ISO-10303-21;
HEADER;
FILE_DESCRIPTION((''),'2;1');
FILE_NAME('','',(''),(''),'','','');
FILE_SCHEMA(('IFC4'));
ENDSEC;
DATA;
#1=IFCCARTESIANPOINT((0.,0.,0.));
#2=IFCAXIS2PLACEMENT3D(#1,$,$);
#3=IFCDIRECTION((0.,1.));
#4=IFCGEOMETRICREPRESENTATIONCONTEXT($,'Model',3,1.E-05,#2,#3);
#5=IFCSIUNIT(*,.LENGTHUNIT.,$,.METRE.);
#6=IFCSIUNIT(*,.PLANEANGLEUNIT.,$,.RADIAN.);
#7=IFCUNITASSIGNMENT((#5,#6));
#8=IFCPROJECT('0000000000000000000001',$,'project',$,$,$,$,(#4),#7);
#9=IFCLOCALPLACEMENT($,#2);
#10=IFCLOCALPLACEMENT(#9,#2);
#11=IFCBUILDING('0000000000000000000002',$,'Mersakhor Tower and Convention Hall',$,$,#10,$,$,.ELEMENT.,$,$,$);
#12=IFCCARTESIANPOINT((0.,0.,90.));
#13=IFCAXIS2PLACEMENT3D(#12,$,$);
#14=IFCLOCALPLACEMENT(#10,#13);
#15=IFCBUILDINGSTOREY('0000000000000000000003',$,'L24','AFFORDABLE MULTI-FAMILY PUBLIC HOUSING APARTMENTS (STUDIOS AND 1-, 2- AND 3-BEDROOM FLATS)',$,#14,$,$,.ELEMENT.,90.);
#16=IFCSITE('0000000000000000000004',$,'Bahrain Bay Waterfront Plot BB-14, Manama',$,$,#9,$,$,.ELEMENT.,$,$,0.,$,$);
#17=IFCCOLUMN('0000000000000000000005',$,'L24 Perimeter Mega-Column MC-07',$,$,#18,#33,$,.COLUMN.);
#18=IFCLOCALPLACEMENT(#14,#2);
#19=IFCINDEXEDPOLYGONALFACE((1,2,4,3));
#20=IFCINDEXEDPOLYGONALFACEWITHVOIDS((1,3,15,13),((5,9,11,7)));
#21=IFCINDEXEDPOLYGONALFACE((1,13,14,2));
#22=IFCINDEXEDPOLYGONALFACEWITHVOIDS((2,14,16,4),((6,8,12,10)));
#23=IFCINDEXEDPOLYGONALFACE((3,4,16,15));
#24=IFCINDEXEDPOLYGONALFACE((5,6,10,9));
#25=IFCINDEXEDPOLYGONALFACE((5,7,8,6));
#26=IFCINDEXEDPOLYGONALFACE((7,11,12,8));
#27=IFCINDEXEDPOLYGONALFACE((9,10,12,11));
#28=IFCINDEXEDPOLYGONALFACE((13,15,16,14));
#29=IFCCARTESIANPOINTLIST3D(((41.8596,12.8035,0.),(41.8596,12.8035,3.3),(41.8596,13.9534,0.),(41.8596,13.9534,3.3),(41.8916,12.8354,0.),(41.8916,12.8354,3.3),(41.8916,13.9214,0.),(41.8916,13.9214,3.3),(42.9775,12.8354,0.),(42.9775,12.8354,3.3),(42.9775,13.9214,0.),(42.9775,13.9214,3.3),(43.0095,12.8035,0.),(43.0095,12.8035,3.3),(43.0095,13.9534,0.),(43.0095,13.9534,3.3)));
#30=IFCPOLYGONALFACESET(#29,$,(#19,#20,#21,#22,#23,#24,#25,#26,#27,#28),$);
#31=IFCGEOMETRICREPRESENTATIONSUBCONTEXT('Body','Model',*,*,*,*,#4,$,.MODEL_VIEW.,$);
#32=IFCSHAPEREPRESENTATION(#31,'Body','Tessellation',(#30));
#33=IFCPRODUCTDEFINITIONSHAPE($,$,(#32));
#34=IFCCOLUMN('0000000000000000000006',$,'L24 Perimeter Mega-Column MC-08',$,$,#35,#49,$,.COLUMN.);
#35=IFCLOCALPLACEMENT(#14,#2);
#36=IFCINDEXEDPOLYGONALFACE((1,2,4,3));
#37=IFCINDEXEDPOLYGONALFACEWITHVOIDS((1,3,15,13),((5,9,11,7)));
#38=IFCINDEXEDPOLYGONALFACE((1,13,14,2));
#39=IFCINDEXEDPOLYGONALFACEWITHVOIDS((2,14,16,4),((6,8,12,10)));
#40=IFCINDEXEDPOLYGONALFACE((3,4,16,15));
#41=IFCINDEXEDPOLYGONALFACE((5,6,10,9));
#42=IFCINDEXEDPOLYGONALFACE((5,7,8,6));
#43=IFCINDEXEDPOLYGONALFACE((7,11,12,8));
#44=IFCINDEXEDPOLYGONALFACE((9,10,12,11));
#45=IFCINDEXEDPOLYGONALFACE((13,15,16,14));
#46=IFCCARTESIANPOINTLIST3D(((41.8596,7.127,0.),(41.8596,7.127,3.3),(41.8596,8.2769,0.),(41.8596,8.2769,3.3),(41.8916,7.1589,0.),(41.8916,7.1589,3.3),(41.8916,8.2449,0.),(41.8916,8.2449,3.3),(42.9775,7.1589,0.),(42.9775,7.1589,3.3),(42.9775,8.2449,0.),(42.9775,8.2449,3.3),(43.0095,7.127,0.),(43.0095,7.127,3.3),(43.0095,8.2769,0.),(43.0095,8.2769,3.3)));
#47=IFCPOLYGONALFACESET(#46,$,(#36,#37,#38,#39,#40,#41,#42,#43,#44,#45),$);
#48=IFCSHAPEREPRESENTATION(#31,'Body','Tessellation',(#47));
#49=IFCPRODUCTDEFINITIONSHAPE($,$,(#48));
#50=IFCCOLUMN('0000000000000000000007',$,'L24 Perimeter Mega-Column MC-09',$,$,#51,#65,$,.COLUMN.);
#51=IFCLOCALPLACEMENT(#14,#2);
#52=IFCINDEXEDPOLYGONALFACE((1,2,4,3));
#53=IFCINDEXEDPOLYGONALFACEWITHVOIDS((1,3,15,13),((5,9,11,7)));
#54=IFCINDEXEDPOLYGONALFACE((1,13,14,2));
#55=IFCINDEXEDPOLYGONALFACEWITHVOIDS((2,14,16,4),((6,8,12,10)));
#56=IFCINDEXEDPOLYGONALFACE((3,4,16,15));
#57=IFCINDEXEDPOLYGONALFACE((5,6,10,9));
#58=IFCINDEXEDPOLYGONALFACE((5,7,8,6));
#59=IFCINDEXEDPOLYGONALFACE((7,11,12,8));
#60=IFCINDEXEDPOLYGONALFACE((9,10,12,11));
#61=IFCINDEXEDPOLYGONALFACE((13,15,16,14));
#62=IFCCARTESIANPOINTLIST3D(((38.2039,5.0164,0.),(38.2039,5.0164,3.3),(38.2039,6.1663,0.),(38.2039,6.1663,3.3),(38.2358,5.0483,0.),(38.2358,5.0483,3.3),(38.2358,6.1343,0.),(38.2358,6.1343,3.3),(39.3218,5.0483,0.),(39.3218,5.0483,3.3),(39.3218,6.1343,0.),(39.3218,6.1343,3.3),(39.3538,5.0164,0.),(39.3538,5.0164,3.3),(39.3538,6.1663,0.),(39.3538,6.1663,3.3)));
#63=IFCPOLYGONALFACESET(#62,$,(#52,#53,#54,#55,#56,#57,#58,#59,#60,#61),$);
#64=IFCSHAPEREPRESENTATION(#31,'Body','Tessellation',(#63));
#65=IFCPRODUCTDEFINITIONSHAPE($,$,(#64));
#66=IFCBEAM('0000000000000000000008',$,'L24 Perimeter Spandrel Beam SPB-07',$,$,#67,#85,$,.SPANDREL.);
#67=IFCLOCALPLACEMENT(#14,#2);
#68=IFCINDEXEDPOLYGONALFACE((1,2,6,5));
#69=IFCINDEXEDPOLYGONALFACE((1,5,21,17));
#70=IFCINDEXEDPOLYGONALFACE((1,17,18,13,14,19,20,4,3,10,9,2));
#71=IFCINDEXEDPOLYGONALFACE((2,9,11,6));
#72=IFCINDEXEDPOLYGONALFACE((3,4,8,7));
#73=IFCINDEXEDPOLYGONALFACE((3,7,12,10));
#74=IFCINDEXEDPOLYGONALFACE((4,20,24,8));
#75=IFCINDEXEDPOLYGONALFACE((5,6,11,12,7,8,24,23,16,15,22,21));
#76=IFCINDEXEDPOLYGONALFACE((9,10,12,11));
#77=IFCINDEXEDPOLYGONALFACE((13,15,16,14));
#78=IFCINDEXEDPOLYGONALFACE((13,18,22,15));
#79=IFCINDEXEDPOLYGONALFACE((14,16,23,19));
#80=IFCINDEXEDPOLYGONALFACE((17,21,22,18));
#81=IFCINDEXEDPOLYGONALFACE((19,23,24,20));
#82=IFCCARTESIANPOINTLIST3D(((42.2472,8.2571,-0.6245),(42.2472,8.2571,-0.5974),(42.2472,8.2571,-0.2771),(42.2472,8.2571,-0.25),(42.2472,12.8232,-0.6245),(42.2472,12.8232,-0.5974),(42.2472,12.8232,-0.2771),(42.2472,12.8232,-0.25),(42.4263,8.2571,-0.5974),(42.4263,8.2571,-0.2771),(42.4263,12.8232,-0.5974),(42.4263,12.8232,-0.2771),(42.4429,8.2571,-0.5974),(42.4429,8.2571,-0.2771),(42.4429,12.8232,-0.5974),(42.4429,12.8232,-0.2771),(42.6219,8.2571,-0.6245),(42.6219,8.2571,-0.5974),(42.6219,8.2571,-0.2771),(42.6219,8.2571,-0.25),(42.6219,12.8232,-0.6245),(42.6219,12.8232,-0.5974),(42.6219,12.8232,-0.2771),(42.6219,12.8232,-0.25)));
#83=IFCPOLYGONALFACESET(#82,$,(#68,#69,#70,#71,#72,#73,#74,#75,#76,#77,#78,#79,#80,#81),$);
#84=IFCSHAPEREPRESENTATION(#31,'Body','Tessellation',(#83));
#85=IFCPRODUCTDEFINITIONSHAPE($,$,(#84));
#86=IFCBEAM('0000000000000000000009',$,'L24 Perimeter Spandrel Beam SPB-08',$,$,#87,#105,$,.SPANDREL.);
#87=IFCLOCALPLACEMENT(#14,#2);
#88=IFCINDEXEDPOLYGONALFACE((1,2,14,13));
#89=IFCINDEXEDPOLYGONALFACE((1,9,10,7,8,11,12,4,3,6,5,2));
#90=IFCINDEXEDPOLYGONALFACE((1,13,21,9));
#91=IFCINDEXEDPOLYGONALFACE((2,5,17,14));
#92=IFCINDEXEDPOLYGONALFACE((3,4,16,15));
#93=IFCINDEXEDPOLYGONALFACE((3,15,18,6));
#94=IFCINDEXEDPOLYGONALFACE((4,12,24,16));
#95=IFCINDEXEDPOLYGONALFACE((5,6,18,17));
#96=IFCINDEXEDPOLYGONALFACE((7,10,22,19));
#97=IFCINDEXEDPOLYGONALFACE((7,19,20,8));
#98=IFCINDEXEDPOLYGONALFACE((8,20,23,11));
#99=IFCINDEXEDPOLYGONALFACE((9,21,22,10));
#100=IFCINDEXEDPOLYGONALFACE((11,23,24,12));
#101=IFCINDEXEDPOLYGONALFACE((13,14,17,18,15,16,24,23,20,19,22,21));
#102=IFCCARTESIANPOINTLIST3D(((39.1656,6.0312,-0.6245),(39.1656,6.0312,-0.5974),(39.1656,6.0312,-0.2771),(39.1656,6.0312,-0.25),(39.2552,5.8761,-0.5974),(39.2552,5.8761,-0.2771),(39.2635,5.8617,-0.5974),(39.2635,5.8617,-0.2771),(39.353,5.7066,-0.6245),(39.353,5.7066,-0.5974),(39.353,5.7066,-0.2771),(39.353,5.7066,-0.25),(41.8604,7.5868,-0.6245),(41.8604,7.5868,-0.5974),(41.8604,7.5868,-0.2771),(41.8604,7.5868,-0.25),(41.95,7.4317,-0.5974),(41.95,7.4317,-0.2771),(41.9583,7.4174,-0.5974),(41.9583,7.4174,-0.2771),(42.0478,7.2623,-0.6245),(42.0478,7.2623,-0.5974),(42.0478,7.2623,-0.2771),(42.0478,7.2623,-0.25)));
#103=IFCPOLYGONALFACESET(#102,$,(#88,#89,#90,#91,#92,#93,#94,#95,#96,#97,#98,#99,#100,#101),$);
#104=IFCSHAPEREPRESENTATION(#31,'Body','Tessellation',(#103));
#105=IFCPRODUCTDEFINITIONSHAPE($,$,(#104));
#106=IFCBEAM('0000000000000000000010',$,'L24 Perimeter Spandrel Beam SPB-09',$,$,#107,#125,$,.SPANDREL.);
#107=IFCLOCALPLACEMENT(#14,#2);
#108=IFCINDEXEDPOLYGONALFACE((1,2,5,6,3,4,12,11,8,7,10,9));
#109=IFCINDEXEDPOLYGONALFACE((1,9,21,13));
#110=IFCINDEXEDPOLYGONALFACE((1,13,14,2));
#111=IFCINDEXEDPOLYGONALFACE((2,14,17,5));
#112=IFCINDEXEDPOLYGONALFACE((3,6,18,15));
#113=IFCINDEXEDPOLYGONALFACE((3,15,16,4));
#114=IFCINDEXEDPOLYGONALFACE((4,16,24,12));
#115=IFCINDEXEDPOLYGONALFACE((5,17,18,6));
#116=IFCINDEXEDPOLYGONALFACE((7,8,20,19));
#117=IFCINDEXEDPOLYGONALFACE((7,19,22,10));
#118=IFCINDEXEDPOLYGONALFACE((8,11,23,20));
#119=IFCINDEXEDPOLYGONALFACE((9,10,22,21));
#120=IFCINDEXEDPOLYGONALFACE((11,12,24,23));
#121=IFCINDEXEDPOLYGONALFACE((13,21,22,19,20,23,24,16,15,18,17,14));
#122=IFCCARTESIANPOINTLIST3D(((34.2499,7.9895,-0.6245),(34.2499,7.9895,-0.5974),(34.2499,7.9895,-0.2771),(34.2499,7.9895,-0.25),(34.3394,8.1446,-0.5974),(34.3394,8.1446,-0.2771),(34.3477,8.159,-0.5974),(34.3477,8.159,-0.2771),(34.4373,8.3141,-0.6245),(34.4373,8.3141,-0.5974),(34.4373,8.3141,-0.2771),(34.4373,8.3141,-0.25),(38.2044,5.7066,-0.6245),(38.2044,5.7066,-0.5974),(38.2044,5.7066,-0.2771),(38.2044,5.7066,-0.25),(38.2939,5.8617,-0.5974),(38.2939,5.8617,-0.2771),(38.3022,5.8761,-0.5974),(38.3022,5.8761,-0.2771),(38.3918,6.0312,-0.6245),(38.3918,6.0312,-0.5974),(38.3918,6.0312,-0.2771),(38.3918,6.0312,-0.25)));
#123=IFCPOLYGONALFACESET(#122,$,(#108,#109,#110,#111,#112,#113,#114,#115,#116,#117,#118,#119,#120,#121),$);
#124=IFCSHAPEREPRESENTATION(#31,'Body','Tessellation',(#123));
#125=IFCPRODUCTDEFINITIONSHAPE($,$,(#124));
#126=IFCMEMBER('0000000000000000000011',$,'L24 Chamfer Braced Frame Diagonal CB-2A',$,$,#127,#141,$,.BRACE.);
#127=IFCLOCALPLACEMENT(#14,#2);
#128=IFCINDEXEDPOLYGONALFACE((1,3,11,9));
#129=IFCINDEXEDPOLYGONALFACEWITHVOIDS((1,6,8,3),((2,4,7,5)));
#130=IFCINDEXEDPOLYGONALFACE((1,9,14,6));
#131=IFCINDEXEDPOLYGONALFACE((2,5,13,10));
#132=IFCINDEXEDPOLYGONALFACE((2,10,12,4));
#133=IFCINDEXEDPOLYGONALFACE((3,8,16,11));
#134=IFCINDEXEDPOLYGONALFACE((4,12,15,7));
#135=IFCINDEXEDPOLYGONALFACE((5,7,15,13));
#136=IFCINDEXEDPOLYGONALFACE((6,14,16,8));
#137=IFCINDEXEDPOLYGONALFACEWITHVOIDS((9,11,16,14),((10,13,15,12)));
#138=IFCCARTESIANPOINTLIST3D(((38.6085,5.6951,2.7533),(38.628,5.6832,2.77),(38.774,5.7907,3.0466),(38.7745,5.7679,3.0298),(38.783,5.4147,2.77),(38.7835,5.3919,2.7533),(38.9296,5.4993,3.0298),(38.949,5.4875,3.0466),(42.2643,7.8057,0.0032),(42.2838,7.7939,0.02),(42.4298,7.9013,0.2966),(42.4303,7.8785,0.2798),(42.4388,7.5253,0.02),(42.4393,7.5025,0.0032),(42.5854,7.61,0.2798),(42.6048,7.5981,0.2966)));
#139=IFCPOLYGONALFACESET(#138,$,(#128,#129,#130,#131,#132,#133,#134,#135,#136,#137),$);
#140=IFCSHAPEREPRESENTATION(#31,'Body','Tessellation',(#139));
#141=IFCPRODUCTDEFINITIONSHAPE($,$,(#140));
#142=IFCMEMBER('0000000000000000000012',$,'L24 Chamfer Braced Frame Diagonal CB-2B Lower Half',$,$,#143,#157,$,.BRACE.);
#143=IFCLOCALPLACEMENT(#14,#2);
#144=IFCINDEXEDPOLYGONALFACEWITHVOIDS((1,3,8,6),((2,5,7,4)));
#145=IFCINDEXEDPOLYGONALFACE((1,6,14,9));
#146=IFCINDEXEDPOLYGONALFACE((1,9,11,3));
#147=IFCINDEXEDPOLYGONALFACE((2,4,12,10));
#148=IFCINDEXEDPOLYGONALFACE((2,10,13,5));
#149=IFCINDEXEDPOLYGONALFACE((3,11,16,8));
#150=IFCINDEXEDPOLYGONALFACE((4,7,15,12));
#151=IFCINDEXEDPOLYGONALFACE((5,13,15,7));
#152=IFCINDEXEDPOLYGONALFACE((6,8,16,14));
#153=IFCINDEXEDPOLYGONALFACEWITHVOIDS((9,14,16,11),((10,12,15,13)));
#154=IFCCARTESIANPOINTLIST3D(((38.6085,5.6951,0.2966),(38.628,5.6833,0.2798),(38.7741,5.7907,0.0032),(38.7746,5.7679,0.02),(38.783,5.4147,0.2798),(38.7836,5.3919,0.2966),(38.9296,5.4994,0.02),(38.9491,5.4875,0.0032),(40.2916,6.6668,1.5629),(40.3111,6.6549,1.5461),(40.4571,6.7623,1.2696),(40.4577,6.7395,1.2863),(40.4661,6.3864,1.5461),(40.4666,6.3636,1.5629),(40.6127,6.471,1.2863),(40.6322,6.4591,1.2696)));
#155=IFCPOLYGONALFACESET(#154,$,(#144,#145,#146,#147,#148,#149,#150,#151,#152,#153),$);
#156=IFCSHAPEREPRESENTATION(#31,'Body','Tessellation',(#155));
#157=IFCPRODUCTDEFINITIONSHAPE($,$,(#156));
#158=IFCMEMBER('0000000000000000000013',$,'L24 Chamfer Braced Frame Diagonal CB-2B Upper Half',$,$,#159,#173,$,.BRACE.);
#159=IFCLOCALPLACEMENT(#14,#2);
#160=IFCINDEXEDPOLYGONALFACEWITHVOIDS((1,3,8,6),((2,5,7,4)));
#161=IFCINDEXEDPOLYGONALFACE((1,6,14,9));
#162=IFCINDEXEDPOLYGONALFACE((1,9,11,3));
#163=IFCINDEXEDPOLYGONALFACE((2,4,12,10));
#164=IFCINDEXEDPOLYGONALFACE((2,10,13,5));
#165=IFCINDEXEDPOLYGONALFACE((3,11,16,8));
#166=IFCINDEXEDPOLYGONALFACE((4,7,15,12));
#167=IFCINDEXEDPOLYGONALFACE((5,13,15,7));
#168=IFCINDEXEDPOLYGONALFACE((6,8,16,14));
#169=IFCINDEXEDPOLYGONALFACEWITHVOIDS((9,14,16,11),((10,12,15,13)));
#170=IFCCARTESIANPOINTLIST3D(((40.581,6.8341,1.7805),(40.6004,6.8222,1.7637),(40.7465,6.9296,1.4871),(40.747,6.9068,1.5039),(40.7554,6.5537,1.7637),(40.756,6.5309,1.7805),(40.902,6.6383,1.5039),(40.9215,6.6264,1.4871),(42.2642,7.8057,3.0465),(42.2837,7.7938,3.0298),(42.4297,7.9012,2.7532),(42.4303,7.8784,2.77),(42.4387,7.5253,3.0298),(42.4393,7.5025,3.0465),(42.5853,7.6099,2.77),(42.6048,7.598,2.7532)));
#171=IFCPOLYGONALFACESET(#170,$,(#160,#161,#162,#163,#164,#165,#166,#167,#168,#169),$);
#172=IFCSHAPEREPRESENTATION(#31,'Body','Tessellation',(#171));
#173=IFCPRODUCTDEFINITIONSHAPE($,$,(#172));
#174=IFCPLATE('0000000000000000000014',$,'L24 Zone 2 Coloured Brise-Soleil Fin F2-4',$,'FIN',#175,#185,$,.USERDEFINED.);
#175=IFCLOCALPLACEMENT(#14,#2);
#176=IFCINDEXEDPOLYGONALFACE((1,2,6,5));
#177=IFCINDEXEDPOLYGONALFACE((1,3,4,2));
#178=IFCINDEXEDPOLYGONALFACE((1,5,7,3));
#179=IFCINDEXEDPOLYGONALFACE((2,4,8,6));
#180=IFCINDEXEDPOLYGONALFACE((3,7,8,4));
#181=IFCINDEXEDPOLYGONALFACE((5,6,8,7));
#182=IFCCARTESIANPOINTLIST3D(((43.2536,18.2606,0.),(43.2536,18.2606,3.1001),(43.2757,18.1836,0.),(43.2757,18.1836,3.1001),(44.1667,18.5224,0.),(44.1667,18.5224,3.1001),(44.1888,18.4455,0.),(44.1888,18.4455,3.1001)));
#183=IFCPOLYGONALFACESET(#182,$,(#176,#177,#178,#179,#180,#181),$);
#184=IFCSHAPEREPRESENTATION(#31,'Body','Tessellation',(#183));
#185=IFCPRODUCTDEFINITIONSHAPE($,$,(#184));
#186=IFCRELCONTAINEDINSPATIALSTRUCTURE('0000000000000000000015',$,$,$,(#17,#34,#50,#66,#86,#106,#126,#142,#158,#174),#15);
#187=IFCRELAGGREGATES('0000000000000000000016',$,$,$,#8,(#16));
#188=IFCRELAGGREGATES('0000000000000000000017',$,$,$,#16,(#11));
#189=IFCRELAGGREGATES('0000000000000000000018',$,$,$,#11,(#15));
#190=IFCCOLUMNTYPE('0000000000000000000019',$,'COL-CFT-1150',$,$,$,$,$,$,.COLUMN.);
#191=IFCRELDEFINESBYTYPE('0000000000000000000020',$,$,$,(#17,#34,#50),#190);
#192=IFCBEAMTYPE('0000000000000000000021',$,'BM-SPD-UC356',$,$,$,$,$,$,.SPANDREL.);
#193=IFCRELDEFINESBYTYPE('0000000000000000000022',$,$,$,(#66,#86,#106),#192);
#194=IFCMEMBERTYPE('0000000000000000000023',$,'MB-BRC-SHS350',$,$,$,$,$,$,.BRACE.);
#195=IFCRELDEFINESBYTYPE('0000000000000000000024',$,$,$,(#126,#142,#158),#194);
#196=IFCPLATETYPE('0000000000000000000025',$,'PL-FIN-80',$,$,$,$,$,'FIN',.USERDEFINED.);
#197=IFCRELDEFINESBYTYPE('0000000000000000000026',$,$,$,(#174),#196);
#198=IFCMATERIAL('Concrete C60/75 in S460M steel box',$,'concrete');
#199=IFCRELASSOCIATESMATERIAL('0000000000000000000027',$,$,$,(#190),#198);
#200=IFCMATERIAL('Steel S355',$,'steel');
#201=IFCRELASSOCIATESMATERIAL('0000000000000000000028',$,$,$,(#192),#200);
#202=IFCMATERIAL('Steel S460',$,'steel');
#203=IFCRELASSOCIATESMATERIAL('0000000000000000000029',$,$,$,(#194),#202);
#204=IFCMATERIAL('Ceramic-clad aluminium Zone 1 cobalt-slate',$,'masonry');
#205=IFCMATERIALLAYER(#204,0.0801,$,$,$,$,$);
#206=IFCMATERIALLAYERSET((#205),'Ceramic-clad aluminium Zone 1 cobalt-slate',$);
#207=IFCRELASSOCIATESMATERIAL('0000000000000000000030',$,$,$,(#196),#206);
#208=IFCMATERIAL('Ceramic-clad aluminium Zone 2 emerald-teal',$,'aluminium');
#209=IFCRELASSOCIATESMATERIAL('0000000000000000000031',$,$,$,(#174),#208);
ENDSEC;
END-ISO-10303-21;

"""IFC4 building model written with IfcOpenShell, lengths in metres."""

from ifc_helpers import new_model, si_unit, direction, frame, origin, origin_2d, place, context, subcontext, project, spatial, rectangle, hollow_rectangle, i_section, extrude, material, layer, layer_set, material_profile, profile_set, type_object, element, save


model = new_model("IFC4")

# Units and contexts
model_context = context("Model", 3, precision=1e-05, world=origin(), true_north=direction((0.0, 1.0)))
body_context = subcontext(model_context, "Body", "Model", "MODEL_VIEW")
ifc_project = project(units=[si_unit("LENGTHUNIT", "METRE"), si_unit("PLANEANGLEUNIT", "RADIAN")], contexts=[model_context])

# Site, building, storey
site_placement = place(None, origin())
site = spatial("IfcSite", under=ifc_project, at=site_placement, Name="Bahrain Bay Waterfront Plot BB-14, Manama", CompositionType="ELEMENT", RefElevation=0.0)
building_placement = place(site_placement, origin())
building = spatial("IfcBuilding", under=site, at=building_placement, Name="Mersakhor Tower and Convention Hall", CompositionType="ELEMENT")
storey_placement = place(building_placement, frame((0.0, 0.0, 90.0)))
storey = spatial("IfcBuildingStorey", under=building, at=storey_placement, Name="L24", Description="AFFORDABLE MULTI-FAMILY PUBLIC HOUSING APARTMENTS (STUDIOS AND 1-, 2- AND 3-BEDROOM FLATS)", CompositionType="ELEMENT", Elevation=90.0)

# Columns
ifc_material_1 = material(Name="Concrete C60/75 in S460M steel box", Category="concrete")
ifc_material_profile_1 = material_profile(ifc_material_1, hollow_rectangle(XDim=1.1499, YDim=1.1499, WallThickness=0.032, at=origin_2d()), Name="SHS 1150x1150x32")
ifc_profile_set_1 = profile_set([ifc_material_profile_1], Name="Concrete C60/75 in S460M steel box")
column_type = type_object("IfcColumnType", Name="COL-CFT-1150", PredefinedType="COLUMN", material=ifc_profile_set_1)
for number, where, z_axis, x_axis, name in (
    (1, (42.4346, 13.3784, 0.0), (0.0, 0.0, 1.0), (1.0, 0.0, 0.0), "L24 Perimeter Mega-Column MC-07"),
    (2, (42.4346, 7.7019, 0.0), (0.0, 0.0, 1.0), (1.0, 0.0, 0.0), "L24 Perimeter Mega-Column MC-08"),
    (3, (38.7788, 5.5913, 0.0), (0.0, 0.0, 1.0), (1.0, 0.0, 0.0), "L24 Perimeter Mega-Column MC-09"),
):
    element("IfcColumn", number, at=place(storey_placement, frame(where, z_axis=z_axis, x_axis=x_axis)), inside=storey, type_object=column_type, Name=name, PredefinedType="COLUMN", context=body_context, shape_type="SweptSolid", body=[
        extrude(hollow_rectangle(XDim=1.1499, YDim=1.1499, WallThickness=0.032, at=origin_2d()), origin(), (0.0, 0.0, 1.0), 3.3),
    ])

# Beams
ifc_material_2 = material(Name="Steel S355", Category="steel")
ifc_material_profile_2 = material_profile(ifc_material_2, i_section(OverallWidth=0.3748, OverallDepth=0.3745, WebThickness=0.0166, FlangeThickness=0.0271, at=origin_2d()), Name="UC 356x368x202")
ifc_profile_set_2 = profile_set([ifc_material_profile_2], Name="Steel S355")
beam_type = type_object("IfcBeamType", Name="BM-SPD-UC356", PredefinedType="SPANDREL", material=ifc_profile_set_2)
beam_1_placement = place(storey_placement, frame((42.4346, 12.8232, -0.4373), z_axis=(0.0, -1.0, 0.0), x_axis=(1.0, 0.0, 0.0)))
element("IfcBeam", 4, at=beam_1_placement, inside=storey, type_object=beam_type, Name="L24 Perimeter Spandrel Beam SPB-07", PredefinedType="SPANDREL", context=body_context, shape_type="SweptSolid", body=[
    extrude(i_section(OverallWidth=0.3748, OverallDepth=0.3745, WebThickness=0.0166, FlangeThickness=0.0271, at=origin_2d()), origin(), (0.0, 0.0, 1.0), 4.5662),
])
beam_2_placement = place(storey_placement, frame((41.9541, 7.4246, -0.4373), z_axis=(-0.866052, -0.499953, 0.0), x_axis=(0.499953, -0.866052, 0.0)))
element("IfcBeam", 5, at=beam_2_placement, inside=storey, type_object=beam_type, Name="L24 Perimeter Spandrel Beam SPB-08", PredefinedType="SPANDREL", context=body_context, shape_type="SweptSolid", body=[
    extrude(i_section(OverallWidth=0.3748, OverallDepth=0.3745, WebThickness=0.0166, FlangeThickness=0.0271, at=origin_2d()), origin(), (0.0, 0.0, 1.0), 3.1116),
])
beam_3_placement = place(storey_placement, frame((38.2981, 5.8689, -0.4373), z_axis=(-0.866047, 0.499963, 0.0), x_axis=(-0.499963, -0.866047, 0.0)))
element("IfcBeam", 6, at=beam_3_placement, inside=storey, type_object=beam_type, Name="L24 Perimeter Spandrel Beam SPB-09", PredefinedType="SPANDREL", context=body_context, shape_type="SweptSolid", body=[
    extrude(i_section(OverallWidth=0.3748, OverallDepth=0.3745, WebThickness=0.0166, FlangeThickness=0.0271, at=origin_2d()), origin(), (0.0, 0.0, 1.0), 4.5662),
])

# Members
ifc_material_3 = material(Name="Steel S460", Category="steel")
ifc_material_profile_3 = material_profile(ifc_material_3, hollow_rectangle(XDim=0.3501, YDim=0.3501, WallThickness=0.02, at=origin_2d()), Name="SHS 350x350x20")
ifc_profile_set_3 = profile_set([ifc_material_profile_3], Name="Steel S460")
member_type = type_object("IfcMemberType", Name="MB-BRC-SHS350", PredefinedType="BRACE", material=ifc_profile_set_3)
member_placement = place(storey_placement, frame((42.4346, 7.7019, 0.1499), z_axis=(-0.725634, -0.418933, 0.545849), x_axis=(0.499989, -0.866031, 0.0)))
element("IfcMember", 7, at=member_placement, inside=storey, type_object=member_type, Name="L24 Chamfer Braced Frame Diagonal CB-2A", PredefinedType="BRACE", context=body_context, shape_type="SweptSolid", body=[
    extrude(hollow_rectangle(XDim=0.3501, YDim=0.3501, WallThickness=0.02, at=origin_2d()), origin(), (0.0, 0.0, 1.0), 5.0381),
])
for number, where, z_axis, x_axis, name in (
    (8, (38.7788, 5.5913, 0.1499), (0.725593, 0.418895, 0.545932), (-0.499976, 0.866039, 0.0), "L24 Chamfer Braced Frame Diagonal CB-2B Lower Half"),
    (9, (40.7512, 6.7302, 1.6338), (0.725685, 0.418887, 0.545816), (-0.499922, 0.866071, 0.0), "L24 Chamfer Braced Frame Diagonal CB-2B Upper Half"),
):
    element("IfcMember", number, at=place(storey_placement, frame(where, z_axis=z_axis, x_axis=x_axis)), inside=storey, type_object=member_type, Name=name, PredefinedType="BRACE", context=body_context, shape_type="SweptSolid", body=[
        extrude(hollow_rectangle(XDim=0.3501, YDim=0.3501, WallThickness=0.02, at=origin_2d()), origin(), (0.0, 0.0, 1.0), 2.3196),
    ])

# Plate
ifc_material_4 = material(Name="Ceramic-clad aluminium Zone 2 emerald-teal", Category="aluminium")
ifc_material_5 = material(Name="Ceramic-clad aluminium Zone 1 cobalt-slate", Category="masonry")
ifc_layer_1 = layer(ifc_material_5, 0.0801)
ifc_layer_set_1 = layer_set([ifc_layer_1], Name="Ceramic-clad aluminium Zone 1 cobalt-slate")
plate_type_1 = type_object("IfcPlateType", Name="PL-FIN-80", ElementType="FIN", PredefinedType="USERDEFINED", material=ifc_layer_set_1)
plate_1_placement = place(storey_placement, frame((43.7212, 18.353, 0.0), z_axis=(0.0, 0.0, 1.0), x_axis=(0.961262, 0.275637, 0.0)))
element("IfcPlate", 10, at=plate_1_placement, inside=storey, type_object=plate_type_1, material=ifc_material_4, Name="L24 Zone 2 Coloured Brise-Soleil Fin F2-4", ObjectType="FIN", PredefinedType="USERDEFINED", context=body_context, shape_type="SweptSolid", body=[
    extrude(rectangle(XDim=0.95, YDim=0.0801, at=origin_2d()), origin(), (0.0, 0.0, 1.0), 3.1001),
])

save(model, "model.ifc")
